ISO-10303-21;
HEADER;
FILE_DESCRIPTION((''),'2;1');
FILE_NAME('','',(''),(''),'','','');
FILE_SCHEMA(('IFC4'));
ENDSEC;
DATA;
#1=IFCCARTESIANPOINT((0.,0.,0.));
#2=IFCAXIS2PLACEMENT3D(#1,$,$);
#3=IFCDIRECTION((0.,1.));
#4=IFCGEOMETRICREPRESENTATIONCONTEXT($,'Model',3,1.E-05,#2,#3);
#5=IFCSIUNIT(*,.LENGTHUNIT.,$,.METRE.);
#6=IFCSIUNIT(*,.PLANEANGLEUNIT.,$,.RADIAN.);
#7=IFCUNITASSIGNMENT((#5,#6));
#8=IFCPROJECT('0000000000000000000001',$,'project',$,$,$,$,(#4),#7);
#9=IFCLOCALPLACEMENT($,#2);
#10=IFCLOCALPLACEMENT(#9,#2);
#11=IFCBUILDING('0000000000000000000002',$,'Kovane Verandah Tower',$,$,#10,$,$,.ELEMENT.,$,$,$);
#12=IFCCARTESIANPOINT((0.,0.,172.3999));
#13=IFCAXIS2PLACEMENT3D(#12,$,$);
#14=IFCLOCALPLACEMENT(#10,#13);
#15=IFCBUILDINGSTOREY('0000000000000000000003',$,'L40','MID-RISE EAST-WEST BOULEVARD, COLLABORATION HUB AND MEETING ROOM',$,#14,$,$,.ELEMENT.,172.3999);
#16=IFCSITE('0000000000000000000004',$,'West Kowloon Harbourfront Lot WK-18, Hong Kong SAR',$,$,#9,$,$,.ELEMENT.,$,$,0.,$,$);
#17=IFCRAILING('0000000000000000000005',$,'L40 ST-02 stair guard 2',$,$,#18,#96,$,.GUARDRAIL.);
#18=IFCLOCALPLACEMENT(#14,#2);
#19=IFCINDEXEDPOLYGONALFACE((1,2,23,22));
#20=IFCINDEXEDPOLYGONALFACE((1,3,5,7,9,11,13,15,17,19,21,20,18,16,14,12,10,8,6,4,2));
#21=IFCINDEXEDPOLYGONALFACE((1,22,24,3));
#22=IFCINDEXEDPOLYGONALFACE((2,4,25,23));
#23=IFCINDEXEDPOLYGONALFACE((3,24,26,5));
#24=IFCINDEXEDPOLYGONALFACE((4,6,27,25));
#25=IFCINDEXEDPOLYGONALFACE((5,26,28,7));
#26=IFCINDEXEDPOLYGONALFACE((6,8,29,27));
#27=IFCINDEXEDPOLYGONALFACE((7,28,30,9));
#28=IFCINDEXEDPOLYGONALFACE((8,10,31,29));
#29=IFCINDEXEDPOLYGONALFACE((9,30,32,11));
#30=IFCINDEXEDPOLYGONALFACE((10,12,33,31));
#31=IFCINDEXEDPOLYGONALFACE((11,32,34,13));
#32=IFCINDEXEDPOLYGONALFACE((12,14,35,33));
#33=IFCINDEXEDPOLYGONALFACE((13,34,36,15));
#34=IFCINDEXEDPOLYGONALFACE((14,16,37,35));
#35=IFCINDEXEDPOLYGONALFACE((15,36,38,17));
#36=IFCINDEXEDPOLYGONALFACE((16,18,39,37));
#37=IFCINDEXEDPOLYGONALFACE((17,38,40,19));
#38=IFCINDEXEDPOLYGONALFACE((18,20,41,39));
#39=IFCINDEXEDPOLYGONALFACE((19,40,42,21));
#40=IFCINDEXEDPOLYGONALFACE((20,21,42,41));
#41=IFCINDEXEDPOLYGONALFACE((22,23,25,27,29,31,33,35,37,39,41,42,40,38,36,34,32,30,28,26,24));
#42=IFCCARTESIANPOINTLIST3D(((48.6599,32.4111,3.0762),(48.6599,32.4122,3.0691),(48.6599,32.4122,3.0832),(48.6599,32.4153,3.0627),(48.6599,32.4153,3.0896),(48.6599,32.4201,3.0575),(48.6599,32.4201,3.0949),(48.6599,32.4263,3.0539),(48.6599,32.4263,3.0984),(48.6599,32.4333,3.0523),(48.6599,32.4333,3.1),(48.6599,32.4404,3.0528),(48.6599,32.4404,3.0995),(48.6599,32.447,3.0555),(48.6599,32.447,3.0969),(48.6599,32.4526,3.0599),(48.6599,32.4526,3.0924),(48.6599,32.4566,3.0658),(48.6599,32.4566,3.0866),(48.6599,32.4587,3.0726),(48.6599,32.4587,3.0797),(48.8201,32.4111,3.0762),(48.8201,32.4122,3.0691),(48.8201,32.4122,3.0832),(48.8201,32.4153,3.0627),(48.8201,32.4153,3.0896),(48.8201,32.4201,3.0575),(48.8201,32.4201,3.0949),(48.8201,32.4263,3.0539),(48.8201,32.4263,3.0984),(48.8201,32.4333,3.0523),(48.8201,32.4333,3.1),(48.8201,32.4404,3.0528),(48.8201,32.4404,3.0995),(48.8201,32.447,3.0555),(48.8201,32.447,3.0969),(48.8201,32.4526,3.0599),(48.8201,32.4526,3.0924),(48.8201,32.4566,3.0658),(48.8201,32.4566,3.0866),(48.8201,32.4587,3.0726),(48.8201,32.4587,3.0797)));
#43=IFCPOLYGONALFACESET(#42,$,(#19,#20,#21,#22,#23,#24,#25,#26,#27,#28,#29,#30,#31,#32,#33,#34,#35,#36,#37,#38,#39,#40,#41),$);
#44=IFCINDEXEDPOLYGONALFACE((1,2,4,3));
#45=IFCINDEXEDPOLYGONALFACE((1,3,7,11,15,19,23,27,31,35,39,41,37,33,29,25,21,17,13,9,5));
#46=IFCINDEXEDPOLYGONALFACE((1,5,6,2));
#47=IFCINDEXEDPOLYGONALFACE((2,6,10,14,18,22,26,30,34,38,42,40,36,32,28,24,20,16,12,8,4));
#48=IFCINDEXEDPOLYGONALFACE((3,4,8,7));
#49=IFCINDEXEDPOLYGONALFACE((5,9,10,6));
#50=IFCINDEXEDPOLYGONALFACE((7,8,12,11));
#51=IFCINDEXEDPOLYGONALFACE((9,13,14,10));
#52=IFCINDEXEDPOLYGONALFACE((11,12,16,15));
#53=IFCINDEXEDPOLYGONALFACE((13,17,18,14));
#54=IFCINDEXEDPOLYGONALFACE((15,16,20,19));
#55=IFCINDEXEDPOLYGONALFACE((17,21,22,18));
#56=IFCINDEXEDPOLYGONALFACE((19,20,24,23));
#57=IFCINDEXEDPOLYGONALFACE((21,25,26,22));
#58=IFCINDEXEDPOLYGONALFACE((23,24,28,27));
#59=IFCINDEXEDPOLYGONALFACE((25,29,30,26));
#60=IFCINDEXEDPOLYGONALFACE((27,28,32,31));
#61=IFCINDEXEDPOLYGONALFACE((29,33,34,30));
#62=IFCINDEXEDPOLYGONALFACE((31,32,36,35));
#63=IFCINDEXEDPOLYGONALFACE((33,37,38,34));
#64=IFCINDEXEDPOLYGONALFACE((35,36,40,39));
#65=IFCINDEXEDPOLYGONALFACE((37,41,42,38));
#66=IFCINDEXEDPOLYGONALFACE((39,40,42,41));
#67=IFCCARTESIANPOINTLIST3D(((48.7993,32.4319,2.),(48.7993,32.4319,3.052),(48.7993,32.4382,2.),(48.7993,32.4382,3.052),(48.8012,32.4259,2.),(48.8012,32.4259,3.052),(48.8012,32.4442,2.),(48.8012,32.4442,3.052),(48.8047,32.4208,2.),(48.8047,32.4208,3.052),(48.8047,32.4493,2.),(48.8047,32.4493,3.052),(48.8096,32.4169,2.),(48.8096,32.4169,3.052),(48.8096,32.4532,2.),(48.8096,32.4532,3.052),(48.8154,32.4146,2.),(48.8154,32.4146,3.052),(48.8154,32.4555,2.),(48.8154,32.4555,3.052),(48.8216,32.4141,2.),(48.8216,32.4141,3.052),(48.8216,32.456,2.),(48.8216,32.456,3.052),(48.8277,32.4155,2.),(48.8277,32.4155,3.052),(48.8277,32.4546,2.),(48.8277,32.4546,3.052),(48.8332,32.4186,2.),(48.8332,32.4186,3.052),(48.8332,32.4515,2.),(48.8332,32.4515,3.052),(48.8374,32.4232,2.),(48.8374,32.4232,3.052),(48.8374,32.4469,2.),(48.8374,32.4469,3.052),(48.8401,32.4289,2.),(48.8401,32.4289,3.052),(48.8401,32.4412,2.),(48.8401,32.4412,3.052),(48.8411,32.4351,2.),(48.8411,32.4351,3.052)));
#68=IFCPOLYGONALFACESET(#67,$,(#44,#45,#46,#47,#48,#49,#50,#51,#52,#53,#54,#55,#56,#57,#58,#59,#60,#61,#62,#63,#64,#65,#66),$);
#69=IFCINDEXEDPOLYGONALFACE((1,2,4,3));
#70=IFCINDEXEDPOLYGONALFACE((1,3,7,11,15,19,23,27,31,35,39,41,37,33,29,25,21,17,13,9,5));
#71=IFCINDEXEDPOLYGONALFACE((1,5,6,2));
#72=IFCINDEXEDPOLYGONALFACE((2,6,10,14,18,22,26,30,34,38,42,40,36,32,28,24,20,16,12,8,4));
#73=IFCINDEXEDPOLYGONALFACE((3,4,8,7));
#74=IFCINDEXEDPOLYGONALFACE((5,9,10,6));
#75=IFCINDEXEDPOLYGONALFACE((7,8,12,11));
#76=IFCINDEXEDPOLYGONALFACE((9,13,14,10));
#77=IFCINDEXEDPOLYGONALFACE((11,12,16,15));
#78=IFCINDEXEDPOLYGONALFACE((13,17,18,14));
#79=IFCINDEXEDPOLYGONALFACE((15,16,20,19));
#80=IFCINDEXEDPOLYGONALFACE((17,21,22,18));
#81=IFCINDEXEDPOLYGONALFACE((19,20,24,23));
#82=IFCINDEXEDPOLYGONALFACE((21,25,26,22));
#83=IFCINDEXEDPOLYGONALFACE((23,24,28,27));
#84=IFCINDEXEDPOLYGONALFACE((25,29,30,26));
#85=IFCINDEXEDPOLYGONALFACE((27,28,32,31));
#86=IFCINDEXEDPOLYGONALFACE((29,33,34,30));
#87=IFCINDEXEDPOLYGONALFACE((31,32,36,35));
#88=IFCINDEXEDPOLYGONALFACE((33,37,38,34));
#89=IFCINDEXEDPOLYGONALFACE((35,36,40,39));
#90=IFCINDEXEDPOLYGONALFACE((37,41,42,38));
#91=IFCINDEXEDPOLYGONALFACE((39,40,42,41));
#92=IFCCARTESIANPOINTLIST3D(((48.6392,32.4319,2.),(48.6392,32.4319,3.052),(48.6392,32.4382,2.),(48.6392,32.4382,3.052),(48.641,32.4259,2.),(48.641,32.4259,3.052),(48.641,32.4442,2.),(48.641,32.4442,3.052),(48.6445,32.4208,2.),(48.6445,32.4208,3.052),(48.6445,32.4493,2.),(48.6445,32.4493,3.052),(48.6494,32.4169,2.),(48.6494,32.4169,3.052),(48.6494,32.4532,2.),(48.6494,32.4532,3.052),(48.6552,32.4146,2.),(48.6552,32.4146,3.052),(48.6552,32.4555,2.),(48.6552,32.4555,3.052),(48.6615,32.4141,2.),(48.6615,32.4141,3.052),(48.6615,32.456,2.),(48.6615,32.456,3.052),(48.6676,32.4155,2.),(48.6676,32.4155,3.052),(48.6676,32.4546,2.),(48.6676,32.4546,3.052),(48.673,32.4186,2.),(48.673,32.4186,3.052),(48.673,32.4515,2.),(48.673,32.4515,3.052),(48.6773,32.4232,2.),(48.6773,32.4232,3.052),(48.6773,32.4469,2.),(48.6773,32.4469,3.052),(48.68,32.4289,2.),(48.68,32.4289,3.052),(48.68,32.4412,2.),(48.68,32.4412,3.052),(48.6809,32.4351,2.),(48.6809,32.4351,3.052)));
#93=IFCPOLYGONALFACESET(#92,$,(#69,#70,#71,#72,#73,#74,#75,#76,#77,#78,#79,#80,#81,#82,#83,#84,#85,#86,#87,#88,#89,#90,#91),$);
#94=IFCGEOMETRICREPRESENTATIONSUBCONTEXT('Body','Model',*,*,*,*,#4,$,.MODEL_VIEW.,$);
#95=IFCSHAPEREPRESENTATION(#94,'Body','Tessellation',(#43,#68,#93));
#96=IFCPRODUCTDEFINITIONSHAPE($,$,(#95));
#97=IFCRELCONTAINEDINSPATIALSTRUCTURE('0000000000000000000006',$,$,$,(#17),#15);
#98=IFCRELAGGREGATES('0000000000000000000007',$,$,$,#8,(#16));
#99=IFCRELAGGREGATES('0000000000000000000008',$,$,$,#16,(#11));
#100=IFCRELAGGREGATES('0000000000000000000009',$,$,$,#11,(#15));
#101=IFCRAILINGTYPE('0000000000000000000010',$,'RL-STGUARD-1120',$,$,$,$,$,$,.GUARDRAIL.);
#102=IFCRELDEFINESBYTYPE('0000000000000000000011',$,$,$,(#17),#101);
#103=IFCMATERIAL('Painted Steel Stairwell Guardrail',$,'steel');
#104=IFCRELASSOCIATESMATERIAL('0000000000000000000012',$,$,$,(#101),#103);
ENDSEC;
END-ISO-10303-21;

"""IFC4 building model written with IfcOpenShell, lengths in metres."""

from ifc_helpers import new_model, si_unit, direction, frame, origin, origin_2d, place, context, subcontext, project, spatial, circle, extrude, material, type_object, element, save


model = new_model("IFC4")

# Units and contexts
model_context = context("Model", 3, precision=1e-05, world=origin(), true_north=direction((0.0, 1.0)))
body_context = subcontext(model_context, "Body", "Model", "MODEL_VIEW")
ifc_project = project(units=[si_unit("LENGTHUNIT", "METRE"), si_unit("PLANEANGLEUNIT", "RADIAN")], contexts=[model_context])

# Site, building, storey
site_placement = place(None, origin())
site = spatial("IfcSite", under=ifc_project, at=site_placement, Name="West Kowloon Harbourfront Lot WK-18, Hong Kong SAR", CompositionType="ELEMENT", RefElevation=0.0)
building_placement = place(site_placement, origin())
building = spatial("IfcBuilding", under=site, at=building_placement, Name="Kovane Verandah Tower", CompositionType="ELEMENT")
storey_placement = place(building_placement, frame((0.0, 0.0, 172.3999)))
storey = spatial("IfcBuildingStorey", under=building, at=storey_placement, Name="L40", Description="MID-RISE EAST-WEST BOULEVARD, COLLABORATION HUB AND MEETING ROOM", CompositionType="ELEMENT", Elevation=172.3999)

# Railing
ifc_material_1 = material(Name="Painted Steel Stairwell Guardrail", Category="steel")
railing_type_1 = type_object("IfcRailingType", Name="RL-STGUARD-1120", PredefinedType="GUARDRAIL", material=ifc_material_1)
railing_1_placement = place(storey_placement, frame((48.8201, 32.4351, 2.0)))
element("IfcRailing", 1, at=railing_1_placement, inside=storey, type_object=railing_type_1, Name="L40 ST-02 stair guard 2", PredefinedType="GUARDRAIL", context=body_context, shape_type="SweptSolid", body=[
    extrude(circle(Radius=0.0239, at=origin_2d()), frame((0.0, 0.0, 1.0762), z_axis=(-1.0, 0.0, 0.0), x_axis=(0.0, -1.0, 0.0)), (0.0, 0.0, 1.0), 0.1602),
    extrude(circle(Radius=0.021, at=origin_2d()), origin(), (0.0, 0.0, 1.0), 1.052),
    extrude(circle(Radius=0.021, at=origin_2d()), frame((-0.1602, 0.0, 0.0)), (0.0, 0.0, 1.0), 1.052),
])

save(model, "model.ifc")
